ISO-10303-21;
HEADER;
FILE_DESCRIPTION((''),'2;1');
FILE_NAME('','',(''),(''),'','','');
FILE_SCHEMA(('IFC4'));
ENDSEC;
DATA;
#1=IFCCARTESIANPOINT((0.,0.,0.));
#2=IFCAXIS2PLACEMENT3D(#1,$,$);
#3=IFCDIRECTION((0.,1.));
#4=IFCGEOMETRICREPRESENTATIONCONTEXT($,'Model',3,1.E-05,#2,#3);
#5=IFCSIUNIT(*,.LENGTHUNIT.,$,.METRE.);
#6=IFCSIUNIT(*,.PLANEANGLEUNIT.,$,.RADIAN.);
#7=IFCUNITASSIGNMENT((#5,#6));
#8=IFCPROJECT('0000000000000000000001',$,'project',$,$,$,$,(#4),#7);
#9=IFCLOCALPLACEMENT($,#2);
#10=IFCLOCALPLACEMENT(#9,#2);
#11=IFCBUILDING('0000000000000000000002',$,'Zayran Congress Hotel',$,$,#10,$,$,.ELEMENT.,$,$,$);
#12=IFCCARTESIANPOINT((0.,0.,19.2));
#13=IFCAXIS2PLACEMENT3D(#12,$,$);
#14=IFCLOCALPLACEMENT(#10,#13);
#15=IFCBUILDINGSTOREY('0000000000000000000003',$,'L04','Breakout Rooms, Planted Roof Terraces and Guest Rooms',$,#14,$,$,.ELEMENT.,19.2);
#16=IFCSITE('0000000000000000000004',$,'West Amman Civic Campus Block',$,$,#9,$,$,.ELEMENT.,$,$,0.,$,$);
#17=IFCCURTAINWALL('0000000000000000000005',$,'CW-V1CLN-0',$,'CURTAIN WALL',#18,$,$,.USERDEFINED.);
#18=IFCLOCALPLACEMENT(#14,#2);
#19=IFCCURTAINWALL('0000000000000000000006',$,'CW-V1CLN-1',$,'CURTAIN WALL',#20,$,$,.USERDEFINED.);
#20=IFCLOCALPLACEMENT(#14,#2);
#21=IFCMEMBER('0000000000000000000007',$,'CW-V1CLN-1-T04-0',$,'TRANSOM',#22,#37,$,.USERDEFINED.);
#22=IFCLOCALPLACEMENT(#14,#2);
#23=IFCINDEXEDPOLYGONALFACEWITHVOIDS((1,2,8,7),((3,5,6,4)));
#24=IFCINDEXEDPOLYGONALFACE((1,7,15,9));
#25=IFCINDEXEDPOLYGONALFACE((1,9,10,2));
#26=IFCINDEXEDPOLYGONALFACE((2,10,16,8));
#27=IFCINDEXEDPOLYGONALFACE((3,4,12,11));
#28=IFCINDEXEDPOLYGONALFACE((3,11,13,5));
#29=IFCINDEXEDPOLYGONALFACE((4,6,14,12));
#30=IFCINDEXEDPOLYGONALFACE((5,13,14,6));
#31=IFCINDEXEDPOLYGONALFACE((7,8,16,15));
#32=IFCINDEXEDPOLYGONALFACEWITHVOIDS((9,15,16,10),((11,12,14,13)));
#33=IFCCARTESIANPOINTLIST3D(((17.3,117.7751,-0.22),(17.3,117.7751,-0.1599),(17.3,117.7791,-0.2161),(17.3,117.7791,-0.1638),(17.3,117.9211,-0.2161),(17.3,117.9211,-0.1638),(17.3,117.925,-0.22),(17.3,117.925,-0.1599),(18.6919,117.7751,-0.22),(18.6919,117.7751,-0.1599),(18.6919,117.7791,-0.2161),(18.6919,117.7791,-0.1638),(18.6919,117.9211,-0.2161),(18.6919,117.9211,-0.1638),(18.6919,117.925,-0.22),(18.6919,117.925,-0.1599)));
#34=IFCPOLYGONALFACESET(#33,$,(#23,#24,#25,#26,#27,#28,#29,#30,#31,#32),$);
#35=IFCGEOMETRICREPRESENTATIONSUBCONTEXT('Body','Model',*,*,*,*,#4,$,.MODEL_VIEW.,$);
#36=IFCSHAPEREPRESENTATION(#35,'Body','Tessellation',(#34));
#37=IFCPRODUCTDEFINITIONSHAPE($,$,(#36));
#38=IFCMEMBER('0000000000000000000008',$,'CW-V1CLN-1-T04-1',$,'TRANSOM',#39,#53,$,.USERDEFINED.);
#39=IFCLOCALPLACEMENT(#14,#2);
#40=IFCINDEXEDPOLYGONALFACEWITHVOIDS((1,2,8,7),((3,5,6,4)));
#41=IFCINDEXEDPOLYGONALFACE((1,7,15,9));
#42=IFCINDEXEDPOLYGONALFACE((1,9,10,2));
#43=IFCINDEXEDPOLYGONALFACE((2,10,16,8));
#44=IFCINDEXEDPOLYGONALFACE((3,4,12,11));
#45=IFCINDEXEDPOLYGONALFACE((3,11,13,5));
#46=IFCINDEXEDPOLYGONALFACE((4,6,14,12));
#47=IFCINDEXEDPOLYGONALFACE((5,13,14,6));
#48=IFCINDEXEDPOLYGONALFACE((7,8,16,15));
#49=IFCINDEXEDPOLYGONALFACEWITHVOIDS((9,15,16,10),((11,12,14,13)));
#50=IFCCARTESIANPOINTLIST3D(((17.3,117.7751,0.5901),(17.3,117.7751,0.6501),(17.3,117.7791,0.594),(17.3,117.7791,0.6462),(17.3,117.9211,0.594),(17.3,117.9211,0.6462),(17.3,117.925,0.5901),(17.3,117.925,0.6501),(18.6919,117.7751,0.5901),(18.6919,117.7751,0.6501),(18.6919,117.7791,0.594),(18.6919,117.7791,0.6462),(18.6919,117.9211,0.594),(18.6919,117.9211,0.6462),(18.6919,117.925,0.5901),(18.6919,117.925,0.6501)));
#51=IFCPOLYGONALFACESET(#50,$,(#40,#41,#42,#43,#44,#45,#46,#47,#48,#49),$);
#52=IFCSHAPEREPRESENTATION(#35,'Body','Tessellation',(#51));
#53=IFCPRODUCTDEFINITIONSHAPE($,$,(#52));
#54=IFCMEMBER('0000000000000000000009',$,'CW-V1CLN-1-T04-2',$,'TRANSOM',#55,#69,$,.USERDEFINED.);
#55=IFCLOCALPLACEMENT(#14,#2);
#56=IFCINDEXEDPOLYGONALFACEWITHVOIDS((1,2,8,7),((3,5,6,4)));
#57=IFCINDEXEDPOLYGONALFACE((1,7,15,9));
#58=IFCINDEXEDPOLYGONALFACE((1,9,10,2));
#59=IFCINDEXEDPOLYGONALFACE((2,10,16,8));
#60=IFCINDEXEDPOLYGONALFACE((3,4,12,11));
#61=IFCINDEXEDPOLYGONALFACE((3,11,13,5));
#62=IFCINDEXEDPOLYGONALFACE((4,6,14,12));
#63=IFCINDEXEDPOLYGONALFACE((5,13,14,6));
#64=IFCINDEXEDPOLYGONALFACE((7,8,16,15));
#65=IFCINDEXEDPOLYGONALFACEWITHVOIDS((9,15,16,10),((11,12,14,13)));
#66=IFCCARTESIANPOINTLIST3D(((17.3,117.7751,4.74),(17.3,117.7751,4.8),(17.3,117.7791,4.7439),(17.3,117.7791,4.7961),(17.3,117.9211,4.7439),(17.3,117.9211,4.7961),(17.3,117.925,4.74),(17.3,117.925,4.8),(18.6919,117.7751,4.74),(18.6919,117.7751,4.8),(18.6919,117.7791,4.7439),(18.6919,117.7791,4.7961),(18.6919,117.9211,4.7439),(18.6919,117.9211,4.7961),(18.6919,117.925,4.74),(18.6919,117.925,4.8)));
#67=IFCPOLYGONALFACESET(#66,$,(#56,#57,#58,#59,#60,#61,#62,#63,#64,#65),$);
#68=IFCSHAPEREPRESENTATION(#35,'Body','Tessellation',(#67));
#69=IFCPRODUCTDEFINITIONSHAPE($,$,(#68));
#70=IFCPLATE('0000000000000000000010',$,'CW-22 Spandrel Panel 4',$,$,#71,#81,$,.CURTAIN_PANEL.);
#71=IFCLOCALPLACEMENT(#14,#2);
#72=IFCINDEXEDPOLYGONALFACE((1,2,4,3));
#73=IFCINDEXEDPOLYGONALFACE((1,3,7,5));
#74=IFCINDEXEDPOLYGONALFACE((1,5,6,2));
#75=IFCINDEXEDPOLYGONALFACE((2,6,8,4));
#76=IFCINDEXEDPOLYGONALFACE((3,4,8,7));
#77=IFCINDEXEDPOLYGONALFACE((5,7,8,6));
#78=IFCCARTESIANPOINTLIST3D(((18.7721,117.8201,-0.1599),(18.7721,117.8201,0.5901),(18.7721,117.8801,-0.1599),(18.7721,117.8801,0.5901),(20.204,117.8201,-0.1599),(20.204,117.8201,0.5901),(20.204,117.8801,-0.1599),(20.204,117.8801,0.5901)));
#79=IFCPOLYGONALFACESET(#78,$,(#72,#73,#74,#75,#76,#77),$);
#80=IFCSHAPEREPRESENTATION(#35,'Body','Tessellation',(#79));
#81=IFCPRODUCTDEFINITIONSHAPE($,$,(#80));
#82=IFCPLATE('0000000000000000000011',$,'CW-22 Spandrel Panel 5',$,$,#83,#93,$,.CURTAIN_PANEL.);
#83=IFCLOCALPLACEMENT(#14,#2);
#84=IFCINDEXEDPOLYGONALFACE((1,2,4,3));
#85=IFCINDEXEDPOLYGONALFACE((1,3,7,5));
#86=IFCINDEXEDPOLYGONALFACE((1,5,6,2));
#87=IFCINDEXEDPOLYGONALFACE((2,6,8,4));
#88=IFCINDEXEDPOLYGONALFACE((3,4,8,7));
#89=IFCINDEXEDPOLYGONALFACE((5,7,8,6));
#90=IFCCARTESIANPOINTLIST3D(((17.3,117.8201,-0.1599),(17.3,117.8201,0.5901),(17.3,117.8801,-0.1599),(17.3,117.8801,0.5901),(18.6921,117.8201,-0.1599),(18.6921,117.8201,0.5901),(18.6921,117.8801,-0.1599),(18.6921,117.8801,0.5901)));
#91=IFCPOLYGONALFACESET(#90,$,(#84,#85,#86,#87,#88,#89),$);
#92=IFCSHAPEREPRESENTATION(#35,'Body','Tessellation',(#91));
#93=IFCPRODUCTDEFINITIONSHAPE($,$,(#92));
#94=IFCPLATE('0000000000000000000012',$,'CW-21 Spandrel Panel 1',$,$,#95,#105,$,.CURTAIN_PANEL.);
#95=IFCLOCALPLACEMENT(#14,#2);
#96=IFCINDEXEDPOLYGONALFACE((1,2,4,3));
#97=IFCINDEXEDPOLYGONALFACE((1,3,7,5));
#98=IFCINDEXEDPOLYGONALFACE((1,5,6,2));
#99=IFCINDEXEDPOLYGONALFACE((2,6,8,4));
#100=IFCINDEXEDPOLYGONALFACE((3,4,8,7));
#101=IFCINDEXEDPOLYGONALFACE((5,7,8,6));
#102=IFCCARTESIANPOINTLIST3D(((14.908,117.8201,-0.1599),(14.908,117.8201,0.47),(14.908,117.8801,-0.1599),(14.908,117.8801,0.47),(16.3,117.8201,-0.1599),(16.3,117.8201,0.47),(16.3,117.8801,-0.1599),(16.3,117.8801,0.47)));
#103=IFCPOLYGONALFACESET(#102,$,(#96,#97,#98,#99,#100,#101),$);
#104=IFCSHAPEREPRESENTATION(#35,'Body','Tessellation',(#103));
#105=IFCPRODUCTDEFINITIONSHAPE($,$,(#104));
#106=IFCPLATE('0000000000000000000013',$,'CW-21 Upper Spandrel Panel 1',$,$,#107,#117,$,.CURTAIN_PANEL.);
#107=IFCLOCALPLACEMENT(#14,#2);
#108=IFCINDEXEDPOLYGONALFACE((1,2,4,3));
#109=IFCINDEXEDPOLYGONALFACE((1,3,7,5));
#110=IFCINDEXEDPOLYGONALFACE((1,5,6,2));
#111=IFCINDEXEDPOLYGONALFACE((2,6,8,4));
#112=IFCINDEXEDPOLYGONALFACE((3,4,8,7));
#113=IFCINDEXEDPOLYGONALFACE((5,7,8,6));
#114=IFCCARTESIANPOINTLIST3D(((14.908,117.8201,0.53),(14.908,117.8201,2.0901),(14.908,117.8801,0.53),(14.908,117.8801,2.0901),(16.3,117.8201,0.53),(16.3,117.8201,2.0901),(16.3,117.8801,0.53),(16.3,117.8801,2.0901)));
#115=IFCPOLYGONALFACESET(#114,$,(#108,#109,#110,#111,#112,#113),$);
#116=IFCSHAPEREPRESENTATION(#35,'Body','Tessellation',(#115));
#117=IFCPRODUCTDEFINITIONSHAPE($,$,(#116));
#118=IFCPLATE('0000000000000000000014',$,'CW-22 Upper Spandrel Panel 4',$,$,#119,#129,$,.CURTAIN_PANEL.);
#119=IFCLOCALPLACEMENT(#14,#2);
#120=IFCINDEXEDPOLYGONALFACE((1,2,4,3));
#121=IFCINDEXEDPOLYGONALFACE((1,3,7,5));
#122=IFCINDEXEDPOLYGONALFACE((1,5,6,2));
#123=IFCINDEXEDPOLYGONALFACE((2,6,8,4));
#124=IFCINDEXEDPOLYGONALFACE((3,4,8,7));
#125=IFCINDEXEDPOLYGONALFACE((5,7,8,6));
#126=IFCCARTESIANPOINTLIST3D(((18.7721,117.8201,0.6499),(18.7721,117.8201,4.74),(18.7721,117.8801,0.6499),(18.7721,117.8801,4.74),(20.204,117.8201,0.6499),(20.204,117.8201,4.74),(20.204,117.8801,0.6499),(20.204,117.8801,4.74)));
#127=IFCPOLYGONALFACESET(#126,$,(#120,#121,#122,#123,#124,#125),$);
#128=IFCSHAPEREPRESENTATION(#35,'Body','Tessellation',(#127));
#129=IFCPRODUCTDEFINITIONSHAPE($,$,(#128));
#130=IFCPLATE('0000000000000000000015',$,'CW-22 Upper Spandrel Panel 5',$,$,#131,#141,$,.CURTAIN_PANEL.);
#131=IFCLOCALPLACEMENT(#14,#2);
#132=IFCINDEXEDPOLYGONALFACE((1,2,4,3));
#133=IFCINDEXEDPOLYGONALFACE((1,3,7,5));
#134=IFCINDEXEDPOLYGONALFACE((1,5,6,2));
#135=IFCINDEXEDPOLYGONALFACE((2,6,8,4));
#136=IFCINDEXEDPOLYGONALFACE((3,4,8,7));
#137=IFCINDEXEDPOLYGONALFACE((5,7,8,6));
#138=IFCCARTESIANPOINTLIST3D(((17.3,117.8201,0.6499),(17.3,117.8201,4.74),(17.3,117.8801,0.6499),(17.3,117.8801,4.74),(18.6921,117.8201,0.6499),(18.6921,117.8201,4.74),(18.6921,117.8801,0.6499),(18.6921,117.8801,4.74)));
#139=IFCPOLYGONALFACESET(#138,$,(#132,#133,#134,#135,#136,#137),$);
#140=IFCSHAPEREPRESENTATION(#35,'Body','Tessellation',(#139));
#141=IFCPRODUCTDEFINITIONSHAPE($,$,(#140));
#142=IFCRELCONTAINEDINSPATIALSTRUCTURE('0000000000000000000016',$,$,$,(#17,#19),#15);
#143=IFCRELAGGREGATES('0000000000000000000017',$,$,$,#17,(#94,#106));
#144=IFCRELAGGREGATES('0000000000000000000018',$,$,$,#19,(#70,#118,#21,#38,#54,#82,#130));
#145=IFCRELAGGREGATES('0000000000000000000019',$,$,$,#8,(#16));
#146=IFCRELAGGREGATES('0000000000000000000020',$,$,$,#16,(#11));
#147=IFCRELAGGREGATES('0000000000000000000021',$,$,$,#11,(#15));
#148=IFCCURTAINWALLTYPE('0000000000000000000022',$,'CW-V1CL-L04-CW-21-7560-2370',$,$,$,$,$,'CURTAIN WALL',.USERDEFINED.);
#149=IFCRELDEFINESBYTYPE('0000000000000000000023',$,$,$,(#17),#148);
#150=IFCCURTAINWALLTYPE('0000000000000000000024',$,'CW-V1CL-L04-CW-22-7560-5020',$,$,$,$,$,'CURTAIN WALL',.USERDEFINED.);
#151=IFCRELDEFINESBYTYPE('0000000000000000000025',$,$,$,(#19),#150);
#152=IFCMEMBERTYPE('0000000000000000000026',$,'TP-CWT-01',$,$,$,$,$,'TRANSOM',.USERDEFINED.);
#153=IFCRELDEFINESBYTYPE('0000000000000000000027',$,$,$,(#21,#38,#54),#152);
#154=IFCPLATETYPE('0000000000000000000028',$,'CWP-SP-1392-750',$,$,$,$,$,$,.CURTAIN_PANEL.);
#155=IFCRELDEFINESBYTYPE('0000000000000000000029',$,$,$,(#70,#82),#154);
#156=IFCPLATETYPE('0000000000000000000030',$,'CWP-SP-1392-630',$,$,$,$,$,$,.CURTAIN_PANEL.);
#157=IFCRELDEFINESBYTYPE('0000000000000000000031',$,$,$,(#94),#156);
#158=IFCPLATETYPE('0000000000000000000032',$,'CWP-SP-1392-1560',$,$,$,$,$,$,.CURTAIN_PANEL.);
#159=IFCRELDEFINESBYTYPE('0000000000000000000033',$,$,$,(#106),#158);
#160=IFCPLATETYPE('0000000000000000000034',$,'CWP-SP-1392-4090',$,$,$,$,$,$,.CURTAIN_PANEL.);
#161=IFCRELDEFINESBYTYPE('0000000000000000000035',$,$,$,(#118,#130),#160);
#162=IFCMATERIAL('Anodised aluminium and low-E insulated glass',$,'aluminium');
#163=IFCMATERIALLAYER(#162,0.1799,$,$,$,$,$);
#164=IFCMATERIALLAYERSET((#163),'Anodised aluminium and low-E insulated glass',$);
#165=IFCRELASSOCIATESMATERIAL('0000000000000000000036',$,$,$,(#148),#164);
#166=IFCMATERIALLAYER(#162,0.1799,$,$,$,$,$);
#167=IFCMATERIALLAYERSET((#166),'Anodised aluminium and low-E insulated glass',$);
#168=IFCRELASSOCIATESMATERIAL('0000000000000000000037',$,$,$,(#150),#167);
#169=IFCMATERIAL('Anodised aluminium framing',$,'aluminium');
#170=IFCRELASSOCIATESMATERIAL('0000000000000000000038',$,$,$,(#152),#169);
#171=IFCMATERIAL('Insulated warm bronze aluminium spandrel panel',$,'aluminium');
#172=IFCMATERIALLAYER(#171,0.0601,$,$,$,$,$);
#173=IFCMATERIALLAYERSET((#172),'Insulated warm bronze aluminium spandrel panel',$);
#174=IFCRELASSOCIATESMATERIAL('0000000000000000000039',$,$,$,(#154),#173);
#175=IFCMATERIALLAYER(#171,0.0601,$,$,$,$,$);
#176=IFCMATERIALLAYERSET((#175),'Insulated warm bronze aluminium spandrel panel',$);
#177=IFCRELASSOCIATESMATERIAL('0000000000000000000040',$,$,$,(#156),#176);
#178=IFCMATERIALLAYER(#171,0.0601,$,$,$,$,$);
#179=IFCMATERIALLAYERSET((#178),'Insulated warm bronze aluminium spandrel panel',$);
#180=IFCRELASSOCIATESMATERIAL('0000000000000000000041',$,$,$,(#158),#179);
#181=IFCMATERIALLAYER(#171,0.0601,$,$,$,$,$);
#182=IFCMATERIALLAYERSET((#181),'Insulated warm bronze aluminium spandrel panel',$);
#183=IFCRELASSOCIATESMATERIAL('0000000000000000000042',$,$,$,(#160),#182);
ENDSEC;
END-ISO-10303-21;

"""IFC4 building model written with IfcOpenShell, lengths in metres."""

from ifc_helpers import new_model, si_unit, direction, frame, origin, origin_2d, place, context, subcontext, project, spatial, rectangle, hollow_rectangle, extrude, material, layer, layer_set, material_profile, profile_set, type_object, element, aggregate, save


model = new_model("IFC4")

# Units and contexts
model_context = context("Model", 3, precision=1e-05, world=origin(), true_north=direction((0.0, 1.0)))
body_context = subcontext(model_context, "Body", "Model", "MODEL_VIEW")
ifc_project = project(units=[si_unit("LENGTHUNIT", "METRE"), si_unit("PLANEANGLEUNIT", "RADIAN")], contexts=[model_context])

# Site, building, storey
site_placement = place(None, origin())
site = spatial("IfcSite", under=ifc_project, at=site_placement, Name="West Amman Civic Campus Block", CompositionType="ELEMENT", RefElevation=0.0)
building_placement = place(site_placement, origin())
building = spatial("IfcBuilding", under=site, at=building_placement, Name="Zayran Congress Hotel", CompositionType="ELEMENT")
storey_placement = place(building_placement, frame((0.0, 0.0, 19.2)))
storey = spatial("IfcBuildingStorey", under=building, at=storey_placement, Name="L04", Description="Breakout Rooms, Planted Roof Terraces and Guest Rooms", CompositionType="ELEMENT", Elevation=19.2)

# Curtain walls
ifc_material_1 = material(Name="Anodised aluminium and low-E insulated glass", Category="aluminium")
ifc_layer_1 = layer(ifc_material_1, 0.1799)
ifc_layer_set_1 = layer_set([ifc_layer_1], Name="Anodised aluminium and low-E insulated glass")
curtain_wall_type_1 = type_object("IfcCurtainWallType", Name="CW-V1CL-L04-CW-21-7560-2370", ElementType="CURTAIN WALL", PredefinedType="USERDEFINED", material=ifc_layer_set_1)
curtain_wall_1_placement = place(storey_placement, origin())
curtain_wall_1 = element("IfcCurtainWall", 1, at=curtain_wall_1_placement, inside=storey, type_object=curtain_wall_type_1, Name="CW-V1CLN-0", ObjectType="CURTAIN WALL", PredefinedType="USERDEFINED")
ifc_material_2 = material(Name="Anodised aluminium framing", Category="aluminium")
ifc_layer_2 = layer(ifc_material_1, 0.1799)
ifc_layer_set_2 = layer_set([ifc_layer_2], Name="Anodised aluminium and low-E insulated glass")
curtain_wall_type_2 = type_object("IfcCurtainWallType", Name="CW-V1CL-L04-CW-22-7560-5020", ElementType="CURTAIN WALL", PredefinedType="USERDEFINED", material=ifc_layer_set_2)
curtain_wall_2_placement = place(storey_placement, origin())
curtain_wall_2 = element("IfcCurtainWall", 2, at=curtain_wall_2_placement, inside=storey, type_object=curtain_wall_type_2, Name="CW-V1CLN-1", ObjectType="CURTAIN WALL", PredefinedType="USERDEFINED")

# Members
ifc_material_profile_1 = material_profile(ifc_material_2, hollow_rectangle(XDim=0.0601, YDim=0.1499, WallThickness=0.0039, at=origin_2d()), Name="RHS 150x60x4")
ifc_profile_set_1 = profile_set([ifc_material_profile_1], Name="Anodised aluminium framing")
member_type_1 = type_object("IfcMemberType", Name="TP-CWT-01", ElementType="TRANSOM", PredefinedType="USERDEFINED", material=ifc_profile_set_1)
member_1_placement = place(storey_placement, frame((18.6919, 117.8501, -0.1899), z_axis=(-1.0, 0.0, 0.0), x_axis=(0.0, 0.0, 1.0)))
member_1 = element("IfcMember", 3, at=member_1_placement, type_object=member_type_1, Name="CW-V1CLN-1-T04-0", ObjectType="TRANSOM", PredefinedType="USERDEFINED", context=body_context, shape_type="SweptSolid", body=[
    extrude(hollow_rectangle(XDim=0.0601, YDim=0.1499, WallThickness=0.0039, at=origin_2d()), origin(), (0.0, 0.0, 1.0), 1.3918),
])
member_2_placement = place(storey_placement, frame((18.6919, 117.8501, 0.6201), z_axis=(-1.0, 0.0, 0.0), x_axis=(0.0, 0.0, 1.0)))
member_2 = element("IfcMember", 4, at=member_2_placement, type_object=member_type_1, Name="CW-V1CLN-1-T04-1", ObjectType="TRANSOM", PredefinedType="USERDEFINED", context=body_context, shape_type="SweptSolid", body=[
    extrude(hollow_rectangle(XDim=0.0601, YDim=0.1499, WallThickness=0.0039, at=origin_2d()), origin(), (0.0, 0.0, 1.0), 1.3918),
])
member_3_placement = place(storey_placement, frame((18.6919, 117.8501, 4.77), z_axis=(-1.0, 0.0, 0.0), x_axis=(0.0, 0.0, 1.0)))
member_3 = element("IfcMember", 5, at=member_3_placement, type_object=member_type_1, Name="CW-V1CLN-1-T04-2", ObjectType="TRANSOM", PredefinedType="USERDEFINED", context=body_context, shape_type="SweptSolid", body=[
    extrude(hollow_rectangle(XDim=0.0601, YDim=0.1499, WallThickness=0.0039, at=origin_2d()), origin(), (0.0, 0.0, 1.0), 1.3918),
])

# Plates
ifc_material_3 = material(Name="Insulated warm bronze aluminium spandrel panel", Category="aluminium")
ifc_layer_3 = layer(ifc_material_3, 0.0601)
ifc_layer_set_3 = layer_set([ifc_layer_3], Name="Insulated warm bronze aluminium spandrel panel")
plate_type_1 = type_object("IfcPlateType", Name="CWP-SP-1392-750", PredefinedType="CURTAIN_PANEL", material=ifc_layer_set_3)
plate_1_placement = place(storey_placement, frame((19.488, 117.8501, -0.1599), z_axis=(0.0, 0.0, 1.0), x_axis=(1.0, 0.0, 0.0)))
plate_1 = element("IfcPlate", 6, at=plate_1_placement, type_object=plate_type_1, Name="CW-22 Spandrel Panel 4", PredefinedType="CURTAIN_PANEL", context=body_context, shape_type="SweptSolid", body=[
    extrude(rectangle(XDim=1.4319, YDim=0.0601, at=origin_2d()), origin(), (0.0, 0.0, 1.0), 0.75),
])
plate_2_placement = place(storey_placement, frame((17.9961, 117.8501, -0.1599), z_axis=(0.0, 0.0, 1.0), x_axis=(1.0, 0.0, 0.0)))
plate_2 = element("IfcPlate", 7, at=plate_2_placement, type_object=plate_type_1, Name="CW-22 Spandrel Panel 5", PredefinedType="CURTAIN_PANEL", context=body_context, shape_type="SweptSolid", body=[
    extrude(rectangle(XDim=1.3921, YDim=0.0601, at=origin_2d()), origin(), (0.0, 0.0, 1.0), 0.75),
])
ifc_layer_4 = layer(ifc_material_3, 0.0601)
ifc_layer_set_4 = layer_set([ifc_layer_4], Name="Insulated warm bronze aluminium spandrel panel")
plate_type_2 = type_object("IfcPlateType", Name="CWP-SP-1392-630", PredefinedType="CURTAIN_PANEL", material=ifc_layer_set_4)
plate_3_placement = place(storey_placement, frame((15.604, 117.8501, -0.1599), z_axis=(0.0, 0.0, 1.0), x_axis=(1.0, 0.0, 0.0)))
plate_3 = element("IfcPlate", 8, at=plate_3_placement, type_object=plate_type_2, Name="CW-21 Spandrel Panel 1", PredefinedType="CURTAIN_PANEL", context=body_context, shape_type="SweptSolid", body=[
    extrude(rectangle(XDim=1.3921, YDim=0.0601, at=origin_2d()), origin(), (0.0, 0.0, 1.0), 0.6299),
])
ifc_layer_5 = layer(ifc_material_3, 0.0601)
ifc_layer_set_5 = layer_set([ifc_layer_5], Name="Insulated warm bronze aluminium spandrel panel")
plate_type_3 = type_object("IfcPlateType", Name="CWP-SP-1392-1560", PredefinedType="CURTAIN_PANEL", material=ifc_layer_set_5)
plate_4_placement = place(storey_placement, frame((15.604, 117.8501, 0.53), z_axis=(0.0, 0.0, 1.0), x_axis=(1.0, 0.0, 0.0)))
plate_4 = element("IfcPlate", 9, at=plate_4_placement, type_object=plate_type_3, Name="CW-21 Upper Spandrel Panel 1", PredefinedType="CURTAIN_PANEL", context=body_context, shape_type="SweptSolid", body=[
    extrude(rectangle(XDim=1.3921, YDim=0.0601, at=origin_2d()), origin(), (0.0, 0.0, 1.0), 1.5601),
])
aggregate(curtain_wall_1, [plate_3, plate_4])
ifc_layer_6 = layer(ifc_material_3, 0.0601)
ifc_layer_set_6 = layer_set([ifc_layer_6], Name="Insulated warm bronze aluminium spandrel panel")
plate_type_4 = type_object("IfcPlateType", Name="CWP-SP-1392-4090", PredefinedType="CURTAIN_PANEL", material=ifc_layer_set_6)
plate_5_placement = place(storey_placement, frame((19.488, 117.8501, 0.6499), z_axis=(0.0, 0.0, 1.0), x_axis=(1.0, 0.0, 0.0)))
plate_5 = element("IfcPlate", 10, at=plate_5_placement, type_object=plate_type_4, Name="CW-22 Upper Spandrel Panel 4", PredefinedType="CURTAIN_PANEL", context=body_context, shape_type="SweptSolid", body=[
    extrude(rectangle(XDim=1.4319, YDim=0.0601, at=origin_2d()), origin(), (0.0, 0.0, 1.0), 4.0901),
])
plate_6_placement = place(storey_placement, frame((17.9961, 117.8501, 0.6499), z_axis=(0.0, 0.0, 1.0), x_axis=(1.0, 0.0, 0.0)))
plate_6 = element("IfcPlate", 11, at=plate_6_placement, type_object=plate_type_4, Name="CW-22 Upper Spandrel Panel 5", PredefinedType="CURTAIN_PANEL", context=body_context, shape_type="SweptSolid", body=[
    extrude(rectangle(XDim=1.3921, YDim=0.0601, at=origin_2d()), origin(), (0.0, 0.0, 1.0), 4.0901),
])
aggregate(curtain_wall_2, [plate_1, plate_5, member_1, member_2, member_3, plate_2, plate_6])

save(model, "model.ifc")
